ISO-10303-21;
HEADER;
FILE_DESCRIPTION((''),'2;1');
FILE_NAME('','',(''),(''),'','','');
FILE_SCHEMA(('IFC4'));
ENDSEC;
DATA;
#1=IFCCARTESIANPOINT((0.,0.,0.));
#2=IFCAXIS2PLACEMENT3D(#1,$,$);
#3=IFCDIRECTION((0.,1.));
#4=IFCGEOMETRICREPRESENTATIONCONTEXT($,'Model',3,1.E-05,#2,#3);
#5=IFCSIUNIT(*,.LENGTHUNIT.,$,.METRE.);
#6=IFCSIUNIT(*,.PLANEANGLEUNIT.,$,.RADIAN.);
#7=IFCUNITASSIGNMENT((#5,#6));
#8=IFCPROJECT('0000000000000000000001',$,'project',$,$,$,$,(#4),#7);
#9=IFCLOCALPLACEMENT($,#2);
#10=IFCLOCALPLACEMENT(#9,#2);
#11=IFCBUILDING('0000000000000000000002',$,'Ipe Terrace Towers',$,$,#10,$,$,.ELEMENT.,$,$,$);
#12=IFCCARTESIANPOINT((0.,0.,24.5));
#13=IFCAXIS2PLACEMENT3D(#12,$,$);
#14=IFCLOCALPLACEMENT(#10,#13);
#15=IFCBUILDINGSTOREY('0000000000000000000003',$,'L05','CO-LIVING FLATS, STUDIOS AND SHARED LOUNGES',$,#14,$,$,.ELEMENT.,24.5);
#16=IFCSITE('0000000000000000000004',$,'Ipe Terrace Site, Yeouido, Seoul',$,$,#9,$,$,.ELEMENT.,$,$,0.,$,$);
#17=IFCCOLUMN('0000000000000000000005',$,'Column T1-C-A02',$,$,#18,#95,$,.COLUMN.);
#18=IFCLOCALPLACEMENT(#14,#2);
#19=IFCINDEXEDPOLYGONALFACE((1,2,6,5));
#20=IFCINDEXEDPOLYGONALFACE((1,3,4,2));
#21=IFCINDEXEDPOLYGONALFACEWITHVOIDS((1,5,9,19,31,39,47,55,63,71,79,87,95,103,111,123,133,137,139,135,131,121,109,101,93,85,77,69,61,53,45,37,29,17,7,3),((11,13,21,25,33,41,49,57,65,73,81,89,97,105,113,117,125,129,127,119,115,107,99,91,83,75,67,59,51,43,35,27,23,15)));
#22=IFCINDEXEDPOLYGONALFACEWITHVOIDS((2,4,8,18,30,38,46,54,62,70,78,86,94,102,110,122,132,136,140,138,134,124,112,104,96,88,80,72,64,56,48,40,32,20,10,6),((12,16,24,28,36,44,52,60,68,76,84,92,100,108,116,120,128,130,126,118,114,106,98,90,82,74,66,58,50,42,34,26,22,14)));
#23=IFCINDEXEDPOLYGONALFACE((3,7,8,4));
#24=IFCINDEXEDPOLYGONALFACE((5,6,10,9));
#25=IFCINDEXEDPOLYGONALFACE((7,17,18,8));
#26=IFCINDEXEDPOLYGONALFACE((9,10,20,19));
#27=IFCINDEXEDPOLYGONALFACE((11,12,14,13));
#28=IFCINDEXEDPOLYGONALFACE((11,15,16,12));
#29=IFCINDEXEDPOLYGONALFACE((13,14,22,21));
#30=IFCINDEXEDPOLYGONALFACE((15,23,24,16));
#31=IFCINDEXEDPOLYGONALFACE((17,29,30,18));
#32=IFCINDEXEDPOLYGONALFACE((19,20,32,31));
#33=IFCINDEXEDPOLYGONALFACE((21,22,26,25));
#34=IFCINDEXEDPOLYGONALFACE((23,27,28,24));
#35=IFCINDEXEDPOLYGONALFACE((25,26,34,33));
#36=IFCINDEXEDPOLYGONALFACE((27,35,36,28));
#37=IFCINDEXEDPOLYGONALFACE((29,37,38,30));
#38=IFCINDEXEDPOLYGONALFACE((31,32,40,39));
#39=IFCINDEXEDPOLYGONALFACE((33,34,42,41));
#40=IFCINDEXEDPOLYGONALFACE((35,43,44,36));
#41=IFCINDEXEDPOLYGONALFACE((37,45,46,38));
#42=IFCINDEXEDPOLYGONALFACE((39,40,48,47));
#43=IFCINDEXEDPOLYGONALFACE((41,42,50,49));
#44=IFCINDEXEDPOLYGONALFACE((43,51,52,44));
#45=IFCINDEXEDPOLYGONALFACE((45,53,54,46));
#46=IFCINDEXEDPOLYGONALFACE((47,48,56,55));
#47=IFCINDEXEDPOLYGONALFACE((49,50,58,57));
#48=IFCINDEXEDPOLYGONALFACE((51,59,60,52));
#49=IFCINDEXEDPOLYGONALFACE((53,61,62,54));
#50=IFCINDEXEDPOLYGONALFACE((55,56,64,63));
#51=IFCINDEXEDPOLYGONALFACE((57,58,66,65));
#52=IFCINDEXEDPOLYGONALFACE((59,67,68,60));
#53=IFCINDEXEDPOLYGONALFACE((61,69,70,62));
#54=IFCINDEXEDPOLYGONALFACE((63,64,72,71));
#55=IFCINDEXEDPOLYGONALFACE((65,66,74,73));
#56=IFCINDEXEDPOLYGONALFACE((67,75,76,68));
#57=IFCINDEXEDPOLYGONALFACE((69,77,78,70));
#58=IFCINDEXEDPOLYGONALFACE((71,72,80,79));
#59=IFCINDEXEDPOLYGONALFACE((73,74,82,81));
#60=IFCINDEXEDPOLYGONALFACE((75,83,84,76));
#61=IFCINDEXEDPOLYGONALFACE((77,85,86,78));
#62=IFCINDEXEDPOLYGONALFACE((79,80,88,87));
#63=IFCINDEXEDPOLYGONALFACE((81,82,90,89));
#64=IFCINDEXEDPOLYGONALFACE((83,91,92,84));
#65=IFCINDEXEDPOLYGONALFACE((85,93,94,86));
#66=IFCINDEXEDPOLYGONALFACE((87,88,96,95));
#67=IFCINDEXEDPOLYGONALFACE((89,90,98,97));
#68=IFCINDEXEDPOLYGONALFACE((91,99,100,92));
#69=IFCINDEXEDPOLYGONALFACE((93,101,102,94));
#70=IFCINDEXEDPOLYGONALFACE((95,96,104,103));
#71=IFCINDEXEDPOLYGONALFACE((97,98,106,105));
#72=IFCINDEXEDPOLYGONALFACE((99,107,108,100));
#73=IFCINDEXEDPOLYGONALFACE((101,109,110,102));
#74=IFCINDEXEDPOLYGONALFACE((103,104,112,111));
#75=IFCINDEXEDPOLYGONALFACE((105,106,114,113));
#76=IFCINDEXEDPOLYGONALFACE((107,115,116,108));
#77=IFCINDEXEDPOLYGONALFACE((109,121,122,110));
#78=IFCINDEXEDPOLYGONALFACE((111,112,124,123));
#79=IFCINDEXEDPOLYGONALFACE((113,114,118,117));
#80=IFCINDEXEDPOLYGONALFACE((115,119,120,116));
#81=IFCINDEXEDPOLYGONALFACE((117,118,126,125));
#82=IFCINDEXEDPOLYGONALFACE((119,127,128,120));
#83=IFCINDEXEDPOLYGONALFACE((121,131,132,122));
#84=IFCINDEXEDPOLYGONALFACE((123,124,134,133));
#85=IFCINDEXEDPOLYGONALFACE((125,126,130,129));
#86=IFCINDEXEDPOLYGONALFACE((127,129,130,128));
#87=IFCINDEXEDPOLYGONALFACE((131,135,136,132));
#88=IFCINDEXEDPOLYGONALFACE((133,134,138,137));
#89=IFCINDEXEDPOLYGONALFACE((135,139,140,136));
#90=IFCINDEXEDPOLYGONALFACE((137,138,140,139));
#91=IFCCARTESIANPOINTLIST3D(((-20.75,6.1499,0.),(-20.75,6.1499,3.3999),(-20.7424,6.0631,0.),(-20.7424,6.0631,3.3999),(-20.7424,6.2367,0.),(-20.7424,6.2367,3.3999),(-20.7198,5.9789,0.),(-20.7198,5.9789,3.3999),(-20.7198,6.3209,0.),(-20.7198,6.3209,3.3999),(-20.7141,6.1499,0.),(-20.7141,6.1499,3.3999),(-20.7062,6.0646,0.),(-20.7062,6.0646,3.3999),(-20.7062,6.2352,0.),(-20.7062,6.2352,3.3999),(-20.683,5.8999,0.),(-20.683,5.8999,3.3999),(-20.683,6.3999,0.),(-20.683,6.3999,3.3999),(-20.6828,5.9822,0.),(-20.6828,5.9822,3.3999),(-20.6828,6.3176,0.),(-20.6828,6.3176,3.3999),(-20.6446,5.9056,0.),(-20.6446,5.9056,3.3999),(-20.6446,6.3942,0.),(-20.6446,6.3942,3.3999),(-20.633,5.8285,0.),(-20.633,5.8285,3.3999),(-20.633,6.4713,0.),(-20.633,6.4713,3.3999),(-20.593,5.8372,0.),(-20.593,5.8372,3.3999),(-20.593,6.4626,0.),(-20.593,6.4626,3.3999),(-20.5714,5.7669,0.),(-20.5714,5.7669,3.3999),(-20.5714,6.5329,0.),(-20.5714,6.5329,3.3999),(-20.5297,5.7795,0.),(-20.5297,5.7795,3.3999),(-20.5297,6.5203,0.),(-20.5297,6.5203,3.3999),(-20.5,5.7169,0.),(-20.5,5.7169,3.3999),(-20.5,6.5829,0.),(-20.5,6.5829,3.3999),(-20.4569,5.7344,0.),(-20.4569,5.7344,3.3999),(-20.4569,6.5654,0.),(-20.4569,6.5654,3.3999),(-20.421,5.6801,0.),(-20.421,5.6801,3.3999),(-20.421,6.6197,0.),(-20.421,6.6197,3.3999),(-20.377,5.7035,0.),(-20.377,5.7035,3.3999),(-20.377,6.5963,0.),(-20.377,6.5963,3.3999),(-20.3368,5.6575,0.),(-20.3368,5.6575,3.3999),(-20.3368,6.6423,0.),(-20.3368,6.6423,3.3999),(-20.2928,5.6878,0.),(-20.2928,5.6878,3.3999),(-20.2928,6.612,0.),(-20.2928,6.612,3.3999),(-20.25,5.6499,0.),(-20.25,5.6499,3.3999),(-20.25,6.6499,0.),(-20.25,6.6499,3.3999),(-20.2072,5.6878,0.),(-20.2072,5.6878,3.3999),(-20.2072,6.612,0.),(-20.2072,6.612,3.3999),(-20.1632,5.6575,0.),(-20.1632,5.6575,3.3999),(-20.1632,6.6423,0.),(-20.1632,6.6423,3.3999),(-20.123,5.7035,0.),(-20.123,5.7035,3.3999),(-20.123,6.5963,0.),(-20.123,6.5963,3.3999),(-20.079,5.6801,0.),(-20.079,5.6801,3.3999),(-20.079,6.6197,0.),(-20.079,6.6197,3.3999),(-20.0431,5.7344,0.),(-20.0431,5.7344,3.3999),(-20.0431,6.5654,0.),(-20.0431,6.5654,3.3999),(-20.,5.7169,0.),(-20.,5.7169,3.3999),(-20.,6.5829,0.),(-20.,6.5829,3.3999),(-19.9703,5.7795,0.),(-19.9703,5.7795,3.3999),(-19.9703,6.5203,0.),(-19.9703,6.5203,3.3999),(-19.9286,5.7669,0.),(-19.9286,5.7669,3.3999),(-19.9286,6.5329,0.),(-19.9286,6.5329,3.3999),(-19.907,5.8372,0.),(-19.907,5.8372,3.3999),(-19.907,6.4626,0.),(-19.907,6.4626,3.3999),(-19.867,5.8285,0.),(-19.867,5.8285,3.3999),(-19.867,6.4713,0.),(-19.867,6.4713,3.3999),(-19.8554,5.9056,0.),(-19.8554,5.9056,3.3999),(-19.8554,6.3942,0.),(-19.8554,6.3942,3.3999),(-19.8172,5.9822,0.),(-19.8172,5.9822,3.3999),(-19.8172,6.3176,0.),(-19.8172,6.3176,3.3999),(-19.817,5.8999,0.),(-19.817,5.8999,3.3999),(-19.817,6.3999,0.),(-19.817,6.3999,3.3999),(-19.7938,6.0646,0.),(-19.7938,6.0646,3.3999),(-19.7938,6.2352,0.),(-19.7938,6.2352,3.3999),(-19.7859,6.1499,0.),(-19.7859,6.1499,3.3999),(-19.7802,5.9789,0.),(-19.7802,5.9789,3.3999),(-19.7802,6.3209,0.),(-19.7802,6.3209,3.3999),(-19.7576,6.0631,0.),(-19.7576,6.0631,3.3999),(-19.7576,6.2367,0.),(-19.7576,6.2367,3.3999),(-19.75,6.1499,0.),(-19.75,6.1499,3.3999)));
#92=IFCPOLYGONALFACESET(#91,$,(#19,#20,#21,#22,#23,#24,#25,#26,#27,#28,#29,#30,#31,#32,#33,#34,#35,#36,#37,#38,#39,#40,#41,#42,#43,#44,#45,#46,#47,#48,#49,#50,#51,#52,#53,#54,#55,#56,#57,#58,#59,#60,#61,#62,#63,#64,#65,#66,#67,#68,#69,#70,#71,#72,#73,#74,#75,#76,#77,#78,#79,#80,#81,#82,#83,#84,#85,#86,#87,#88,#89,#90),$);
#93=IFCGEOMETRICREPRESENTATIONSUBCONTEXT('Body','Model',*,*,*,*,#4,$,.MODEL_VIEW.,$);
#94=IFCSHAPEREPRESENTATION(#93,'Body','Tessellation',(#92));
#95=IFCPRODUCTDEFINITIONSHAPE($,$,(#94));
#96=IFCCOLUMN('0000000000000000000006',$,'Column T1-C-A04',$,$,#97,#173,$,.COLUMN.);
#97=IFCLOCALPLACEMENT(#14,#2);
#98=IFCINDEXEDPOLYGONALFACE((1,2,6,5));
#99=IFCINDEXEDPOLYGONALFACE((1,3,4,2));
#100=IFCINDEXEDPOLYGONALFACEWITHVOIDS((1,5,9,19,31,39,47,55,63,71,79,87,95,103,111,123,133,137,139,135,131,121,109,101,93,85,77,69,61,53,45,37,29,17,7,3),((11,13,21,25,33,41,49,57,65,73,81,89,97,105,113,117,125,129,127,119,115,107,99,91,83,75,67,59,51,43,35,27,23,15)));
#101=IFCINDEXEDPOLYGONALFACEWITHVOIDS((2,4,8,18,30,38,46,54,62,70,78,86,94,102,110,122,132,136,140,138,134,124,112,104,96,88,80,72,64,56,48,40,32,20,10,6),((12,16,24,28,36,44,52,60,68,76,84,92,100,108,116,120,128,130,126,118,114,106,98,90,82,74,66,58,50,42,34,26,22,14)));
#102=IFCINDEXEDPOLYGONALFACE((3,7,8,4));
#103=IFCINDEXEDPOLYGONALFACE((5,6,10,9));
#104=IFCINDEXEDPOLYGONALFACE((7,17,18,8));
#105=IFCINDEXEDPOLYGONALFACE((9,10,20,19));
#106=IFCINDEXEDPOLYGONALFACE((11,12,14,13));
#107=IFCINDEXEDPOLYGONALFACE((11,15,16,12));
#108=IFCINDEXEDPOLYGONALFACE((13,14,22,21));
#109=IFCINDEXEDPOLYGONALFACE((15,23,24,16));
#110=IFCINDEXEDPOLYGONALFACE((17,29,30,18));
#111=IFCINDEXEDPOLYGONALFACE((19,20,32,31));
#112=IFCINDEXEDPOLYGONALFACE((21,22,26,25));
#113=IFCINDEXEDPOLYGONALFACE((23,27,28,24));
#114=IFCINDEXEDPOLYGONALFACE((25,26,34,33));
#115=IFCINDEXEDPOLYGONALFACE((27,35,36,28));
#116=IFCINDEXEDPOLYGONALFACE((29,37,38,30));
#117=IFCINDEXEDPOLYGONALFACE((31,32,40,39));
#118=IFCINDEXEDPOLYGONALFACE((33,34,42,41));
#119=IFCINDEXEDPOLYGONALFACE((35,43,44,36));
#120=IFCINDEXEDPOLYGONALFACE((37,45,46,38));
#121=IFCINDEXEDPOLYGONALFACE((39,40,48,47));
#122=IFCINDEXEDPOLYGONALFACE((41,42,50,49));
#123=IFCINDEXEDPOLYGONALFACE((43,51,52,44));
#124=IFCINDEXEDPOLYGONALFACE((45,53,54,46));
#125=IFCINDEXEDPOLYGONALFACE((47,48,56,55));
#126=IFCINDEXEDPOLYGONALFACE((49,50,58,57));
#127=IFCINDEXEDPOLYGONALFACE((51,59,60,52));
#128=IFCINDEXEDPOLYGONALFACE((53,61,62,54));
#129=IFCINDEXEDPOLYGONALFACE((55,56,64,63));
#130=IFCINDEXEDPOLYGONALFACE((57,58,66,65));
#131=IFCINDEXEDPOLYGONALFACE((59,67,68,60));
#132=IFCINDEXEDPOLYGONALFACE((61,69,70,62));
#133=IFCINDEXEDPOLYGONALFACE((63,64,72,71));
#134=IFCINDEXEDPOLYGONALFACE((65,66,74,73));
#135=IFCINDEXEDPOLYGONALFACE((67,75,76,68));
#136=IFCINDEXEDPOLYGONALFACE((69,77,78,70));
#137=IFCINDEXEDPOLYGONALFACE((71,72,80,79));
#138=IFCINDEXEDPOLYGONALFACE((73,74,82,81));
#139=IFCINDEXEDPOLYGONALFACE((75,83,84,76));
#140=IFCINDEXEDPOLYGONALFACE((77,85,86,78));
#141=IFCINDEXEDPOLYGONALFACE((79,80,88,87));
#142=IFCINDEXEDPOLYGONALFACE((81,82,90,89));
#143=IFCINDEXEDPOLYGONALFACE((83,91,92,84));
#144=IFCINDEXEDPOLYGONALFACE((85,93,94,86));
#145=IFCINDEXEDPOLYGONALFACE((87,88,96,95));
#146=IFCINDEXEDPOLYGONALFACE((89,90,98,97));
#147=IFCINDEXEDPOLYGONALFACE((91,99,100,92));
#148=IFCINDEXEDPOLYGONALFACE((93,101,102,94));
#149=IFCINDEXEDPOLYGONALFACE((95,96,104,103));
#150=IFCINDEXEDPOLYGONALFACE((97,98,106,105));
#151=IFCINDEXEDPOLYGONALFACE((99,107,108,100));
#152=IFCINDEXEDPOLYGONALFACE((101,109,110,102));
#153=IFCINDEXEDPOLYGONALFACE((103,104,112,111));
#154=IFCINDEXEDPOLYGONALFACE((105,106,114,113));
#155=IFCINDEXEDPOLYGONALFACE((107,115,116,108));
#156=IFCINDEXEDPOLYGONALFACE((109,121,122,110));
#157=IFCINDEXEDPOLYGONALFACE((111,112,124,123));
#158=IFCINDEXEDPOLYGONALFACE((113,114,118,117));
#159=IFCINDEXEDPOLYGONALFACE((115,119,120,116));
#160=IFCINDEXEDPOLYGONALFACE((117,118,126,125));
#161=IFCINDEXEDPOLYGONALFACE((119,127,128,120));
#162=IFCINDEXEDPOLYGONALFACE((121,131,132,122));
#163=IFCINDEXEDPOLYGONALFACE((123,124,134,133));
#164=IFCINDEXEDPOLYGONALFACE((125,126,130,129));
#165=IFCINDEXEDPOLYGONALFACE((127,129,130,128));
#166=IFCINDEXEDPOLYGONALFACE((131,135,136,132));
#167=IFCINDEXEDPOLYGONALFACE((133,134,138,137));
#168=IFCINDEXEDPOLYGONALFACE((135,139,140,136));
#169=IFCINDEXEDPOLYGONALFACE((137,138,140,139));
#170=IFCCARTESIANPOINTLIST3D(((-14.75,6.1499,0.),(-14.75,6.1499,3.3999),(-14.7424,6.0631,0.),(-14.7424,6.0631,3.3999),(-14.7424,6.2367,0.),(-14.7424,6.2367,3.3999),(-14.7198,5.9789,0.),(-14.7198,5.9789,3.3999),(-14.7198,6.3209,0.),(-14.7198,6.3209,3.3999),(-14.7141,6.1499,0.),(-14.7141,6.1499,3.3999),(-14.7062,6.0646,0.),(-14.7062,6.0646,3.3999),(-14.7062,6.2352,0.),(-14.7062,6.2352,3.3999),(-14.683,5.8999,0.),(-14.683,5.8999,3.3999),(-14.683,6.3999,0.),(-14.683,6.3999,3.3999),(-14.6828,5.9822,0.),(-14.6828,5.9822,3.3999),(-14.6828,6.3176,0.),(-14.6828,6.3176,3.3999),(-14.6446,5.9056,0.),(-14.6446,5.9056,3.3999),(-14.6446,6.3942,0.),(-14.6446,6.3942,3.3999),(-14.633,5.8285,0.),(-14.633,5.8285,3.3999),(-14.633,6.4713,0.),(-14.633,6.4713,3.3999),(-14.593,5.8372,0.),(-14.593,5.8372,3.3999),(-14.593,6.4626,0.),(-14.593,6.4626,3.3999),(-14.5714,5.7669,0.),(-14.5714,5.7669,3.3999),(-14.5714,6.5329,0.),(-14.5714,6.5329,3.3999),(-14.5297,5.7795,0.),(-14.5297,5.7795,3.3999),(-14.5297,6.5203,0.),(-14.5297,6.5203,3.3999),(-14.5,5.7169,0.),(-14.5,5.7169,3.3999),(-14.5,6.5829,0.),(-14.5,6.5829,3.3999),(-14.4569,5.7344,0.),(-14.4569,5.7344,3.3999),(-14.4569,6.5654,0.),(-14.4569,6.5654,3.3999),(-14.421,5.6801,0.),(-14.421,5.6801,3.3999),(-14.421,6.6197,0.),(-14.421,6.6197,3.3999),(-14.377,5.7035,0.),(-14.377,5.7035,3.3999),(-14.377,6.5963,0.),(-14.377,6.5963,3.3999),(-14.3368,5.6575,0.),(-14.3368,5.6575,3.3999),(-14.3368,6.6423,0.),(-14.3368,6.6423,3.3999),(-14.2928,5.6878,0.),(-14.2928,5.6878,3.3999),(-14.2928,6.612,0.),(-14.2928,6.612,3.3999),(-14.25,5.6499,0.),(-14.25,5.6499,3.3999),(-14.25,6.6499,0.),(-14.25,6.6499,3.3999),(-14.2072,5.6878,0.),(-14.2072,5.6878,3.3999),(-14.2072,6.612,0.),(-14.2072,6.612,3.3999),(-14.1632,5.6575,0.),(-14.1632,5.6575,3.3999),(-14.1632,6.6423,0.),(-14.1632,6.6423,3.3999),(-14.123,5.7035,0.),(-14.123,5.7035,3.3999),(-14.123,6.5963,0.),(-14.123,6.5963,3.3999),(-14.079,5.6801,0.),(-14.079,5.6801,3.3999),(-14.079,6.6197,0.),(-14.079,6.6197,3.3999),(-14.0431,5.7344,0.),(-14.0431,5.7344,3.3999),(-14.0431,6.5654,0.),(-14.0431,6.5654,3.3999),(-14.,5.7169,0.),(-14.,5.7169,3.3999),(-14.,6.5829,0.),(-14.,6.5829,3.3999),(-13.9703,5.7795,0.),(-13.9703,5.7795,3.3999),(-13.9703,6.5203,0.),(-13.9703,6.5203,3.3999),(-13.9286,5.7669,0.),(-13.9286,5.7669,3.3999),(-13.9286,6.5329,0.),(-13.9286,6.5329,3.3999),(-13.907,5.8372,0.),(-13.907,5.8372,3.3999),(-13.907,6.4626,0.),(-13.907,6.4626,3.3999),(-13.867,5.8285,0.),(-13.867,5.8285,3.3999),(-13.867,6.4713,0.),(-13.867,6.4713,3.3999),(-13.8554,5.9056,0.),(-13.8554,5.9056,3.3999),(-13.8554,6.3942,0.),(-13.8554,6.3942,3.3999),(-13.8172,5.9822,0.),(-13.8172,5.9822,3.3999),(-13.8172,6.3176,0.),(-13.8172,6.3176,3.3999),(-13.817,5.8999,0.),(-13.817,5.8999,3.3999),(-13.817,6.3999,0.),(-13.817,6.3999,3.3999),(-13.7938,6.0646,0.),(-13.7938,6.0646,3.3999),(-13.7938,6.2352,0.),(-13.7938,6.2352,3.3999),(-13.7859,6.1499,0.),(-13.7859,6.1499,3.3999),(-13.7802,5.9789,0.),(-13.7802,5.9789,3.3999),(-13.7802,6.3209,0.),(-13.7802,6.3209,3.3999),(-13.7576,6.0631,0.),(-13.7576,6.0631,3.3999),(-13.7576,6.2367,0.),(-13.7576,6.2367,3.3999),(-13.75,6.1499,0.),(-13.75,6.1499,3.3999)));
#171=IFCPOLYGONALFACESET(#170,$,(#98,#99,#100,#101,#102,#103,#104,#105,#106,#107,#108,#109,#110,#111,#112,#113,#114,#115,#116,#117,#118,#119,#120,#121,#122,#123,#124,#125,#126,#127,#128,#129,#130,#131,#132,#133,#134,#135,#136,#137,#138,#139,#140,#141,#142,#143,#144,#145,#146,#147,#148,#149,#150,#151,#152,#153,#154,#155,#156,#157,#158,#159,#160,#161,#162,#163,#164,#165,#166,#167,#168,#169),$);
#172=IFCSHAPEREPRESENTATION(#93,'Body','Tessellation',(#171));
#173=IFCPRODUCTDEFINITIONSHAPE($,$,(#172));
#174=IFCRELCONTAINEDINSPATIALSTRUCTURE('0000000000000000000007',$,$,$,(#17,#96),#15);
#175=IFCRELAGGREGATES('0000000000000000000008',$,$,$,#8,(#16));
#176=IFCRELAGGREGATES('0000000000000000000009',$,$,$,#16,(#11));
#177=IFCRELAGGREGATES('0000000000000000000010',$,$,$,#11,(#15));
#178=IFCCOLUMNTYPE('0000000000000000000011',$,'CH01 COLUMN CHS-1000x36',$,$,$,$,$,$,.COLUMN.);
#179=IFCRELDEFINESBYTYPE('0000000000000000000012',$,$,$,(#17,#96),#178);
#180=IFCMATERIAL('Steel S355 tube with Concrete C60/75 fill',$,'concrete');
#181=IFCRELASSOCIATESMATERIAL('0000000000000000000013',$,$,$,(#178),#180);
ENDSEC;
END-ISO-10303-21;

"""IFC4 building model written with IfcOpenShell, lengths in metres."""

from ifc_helpers import new_model, si_unit, direction, frame, origin, origin_2d, place, context, subcontext, project, spatial, hollow_circle, extrude, material, material_profile, profile_set, type_object, element, save


model = new_model("IFC4")

# Units and contexts
model_context = context("Model", 3, precision=1e-05, world=origin(), true_north=direction((0.0, 1.0)))
body_context = subcontext(model_context, "Body", "Model", "MODEL_VIEW")
ifc_project = project(units=[si_unit("LENGTHUNIT", "METRE"), si_unit("PLANEANGLEUNIT", "RADIAN")], contexts=[model_context])

# Site, building, storey
site_placement = place(None, origin())
site = spatial("IfcSite", under=ifc_project, at=site_placement, Name="Ipe Terrace Site, Yeouido, Seoul", CompositionType="ELEMENT", RefElevation=0.0)
building_placement = place(site_placement, origin())
building = spatial("IfcBuilding", under=site, at=building_placement, Name="Ipe Terrace Towers", CompositionType="ELEMENT")
storey_placement = place(building_placement, frame((0.0, 0.0, 24.5)))
storey = spatial("IfcBuildingStorey", under=building, at=storey_placement, Name="L05", Description="CO-LIVING FLATS, STUDIOS AND SHARED LOUNGES", CompositionType="ELEMENT", Elevation=24.5)

# Columns
ifc_material_1 = material(Name="Steel S355 tube with Concrete C60/75 fill", Category="concrete")
ifc_material_profile_1 = material_profile(ifc_material_1, hollow_circle(Radius=0.5, WallThickness=0.0359, at=origin_2d()), Name="CHS-1000x36")
ifc_profile_set_1 = profile_set([ifc_material_profile_1], Name="Steel S355 tube with Concrete C60/75 fill")
column_type = type_object("IfcColumnType", Name="CH01 COLUMN CHS-1000x36", PredefinedType="COLUMN", material=ifc_profile_set_1)
for number, where, z_axis, x_axis, name in (
    (1, (-20.25, 6.1499, 0.0), (0.0, 0.0, 1.0), (1.0, 0.0, 0.0), "Column T1-C-A02"),
    (2, (-14.25, 6.1499, 0.0), (0.0, 0.0, 1.0), (1.0, 0.0, 0.0), "Column T1-C-A04"),
):
    element("IfcColumn", number, at=place(storey_placement, frame(where, z_axis=z_axis, x_axis=x_axis)), inside=storey, type_object=column_type, Name=name, PredefinedType="COLUMN", context=body_context, shape_type="SweptSolid", body=[
        extrude(hollow_circle(Radius=0.5, WallThickness=0.0359, at=origin_2d()), origin(), (0.0, 0.0, 1.0), 3.3999),
    ])

save(model, "model.ifc")
